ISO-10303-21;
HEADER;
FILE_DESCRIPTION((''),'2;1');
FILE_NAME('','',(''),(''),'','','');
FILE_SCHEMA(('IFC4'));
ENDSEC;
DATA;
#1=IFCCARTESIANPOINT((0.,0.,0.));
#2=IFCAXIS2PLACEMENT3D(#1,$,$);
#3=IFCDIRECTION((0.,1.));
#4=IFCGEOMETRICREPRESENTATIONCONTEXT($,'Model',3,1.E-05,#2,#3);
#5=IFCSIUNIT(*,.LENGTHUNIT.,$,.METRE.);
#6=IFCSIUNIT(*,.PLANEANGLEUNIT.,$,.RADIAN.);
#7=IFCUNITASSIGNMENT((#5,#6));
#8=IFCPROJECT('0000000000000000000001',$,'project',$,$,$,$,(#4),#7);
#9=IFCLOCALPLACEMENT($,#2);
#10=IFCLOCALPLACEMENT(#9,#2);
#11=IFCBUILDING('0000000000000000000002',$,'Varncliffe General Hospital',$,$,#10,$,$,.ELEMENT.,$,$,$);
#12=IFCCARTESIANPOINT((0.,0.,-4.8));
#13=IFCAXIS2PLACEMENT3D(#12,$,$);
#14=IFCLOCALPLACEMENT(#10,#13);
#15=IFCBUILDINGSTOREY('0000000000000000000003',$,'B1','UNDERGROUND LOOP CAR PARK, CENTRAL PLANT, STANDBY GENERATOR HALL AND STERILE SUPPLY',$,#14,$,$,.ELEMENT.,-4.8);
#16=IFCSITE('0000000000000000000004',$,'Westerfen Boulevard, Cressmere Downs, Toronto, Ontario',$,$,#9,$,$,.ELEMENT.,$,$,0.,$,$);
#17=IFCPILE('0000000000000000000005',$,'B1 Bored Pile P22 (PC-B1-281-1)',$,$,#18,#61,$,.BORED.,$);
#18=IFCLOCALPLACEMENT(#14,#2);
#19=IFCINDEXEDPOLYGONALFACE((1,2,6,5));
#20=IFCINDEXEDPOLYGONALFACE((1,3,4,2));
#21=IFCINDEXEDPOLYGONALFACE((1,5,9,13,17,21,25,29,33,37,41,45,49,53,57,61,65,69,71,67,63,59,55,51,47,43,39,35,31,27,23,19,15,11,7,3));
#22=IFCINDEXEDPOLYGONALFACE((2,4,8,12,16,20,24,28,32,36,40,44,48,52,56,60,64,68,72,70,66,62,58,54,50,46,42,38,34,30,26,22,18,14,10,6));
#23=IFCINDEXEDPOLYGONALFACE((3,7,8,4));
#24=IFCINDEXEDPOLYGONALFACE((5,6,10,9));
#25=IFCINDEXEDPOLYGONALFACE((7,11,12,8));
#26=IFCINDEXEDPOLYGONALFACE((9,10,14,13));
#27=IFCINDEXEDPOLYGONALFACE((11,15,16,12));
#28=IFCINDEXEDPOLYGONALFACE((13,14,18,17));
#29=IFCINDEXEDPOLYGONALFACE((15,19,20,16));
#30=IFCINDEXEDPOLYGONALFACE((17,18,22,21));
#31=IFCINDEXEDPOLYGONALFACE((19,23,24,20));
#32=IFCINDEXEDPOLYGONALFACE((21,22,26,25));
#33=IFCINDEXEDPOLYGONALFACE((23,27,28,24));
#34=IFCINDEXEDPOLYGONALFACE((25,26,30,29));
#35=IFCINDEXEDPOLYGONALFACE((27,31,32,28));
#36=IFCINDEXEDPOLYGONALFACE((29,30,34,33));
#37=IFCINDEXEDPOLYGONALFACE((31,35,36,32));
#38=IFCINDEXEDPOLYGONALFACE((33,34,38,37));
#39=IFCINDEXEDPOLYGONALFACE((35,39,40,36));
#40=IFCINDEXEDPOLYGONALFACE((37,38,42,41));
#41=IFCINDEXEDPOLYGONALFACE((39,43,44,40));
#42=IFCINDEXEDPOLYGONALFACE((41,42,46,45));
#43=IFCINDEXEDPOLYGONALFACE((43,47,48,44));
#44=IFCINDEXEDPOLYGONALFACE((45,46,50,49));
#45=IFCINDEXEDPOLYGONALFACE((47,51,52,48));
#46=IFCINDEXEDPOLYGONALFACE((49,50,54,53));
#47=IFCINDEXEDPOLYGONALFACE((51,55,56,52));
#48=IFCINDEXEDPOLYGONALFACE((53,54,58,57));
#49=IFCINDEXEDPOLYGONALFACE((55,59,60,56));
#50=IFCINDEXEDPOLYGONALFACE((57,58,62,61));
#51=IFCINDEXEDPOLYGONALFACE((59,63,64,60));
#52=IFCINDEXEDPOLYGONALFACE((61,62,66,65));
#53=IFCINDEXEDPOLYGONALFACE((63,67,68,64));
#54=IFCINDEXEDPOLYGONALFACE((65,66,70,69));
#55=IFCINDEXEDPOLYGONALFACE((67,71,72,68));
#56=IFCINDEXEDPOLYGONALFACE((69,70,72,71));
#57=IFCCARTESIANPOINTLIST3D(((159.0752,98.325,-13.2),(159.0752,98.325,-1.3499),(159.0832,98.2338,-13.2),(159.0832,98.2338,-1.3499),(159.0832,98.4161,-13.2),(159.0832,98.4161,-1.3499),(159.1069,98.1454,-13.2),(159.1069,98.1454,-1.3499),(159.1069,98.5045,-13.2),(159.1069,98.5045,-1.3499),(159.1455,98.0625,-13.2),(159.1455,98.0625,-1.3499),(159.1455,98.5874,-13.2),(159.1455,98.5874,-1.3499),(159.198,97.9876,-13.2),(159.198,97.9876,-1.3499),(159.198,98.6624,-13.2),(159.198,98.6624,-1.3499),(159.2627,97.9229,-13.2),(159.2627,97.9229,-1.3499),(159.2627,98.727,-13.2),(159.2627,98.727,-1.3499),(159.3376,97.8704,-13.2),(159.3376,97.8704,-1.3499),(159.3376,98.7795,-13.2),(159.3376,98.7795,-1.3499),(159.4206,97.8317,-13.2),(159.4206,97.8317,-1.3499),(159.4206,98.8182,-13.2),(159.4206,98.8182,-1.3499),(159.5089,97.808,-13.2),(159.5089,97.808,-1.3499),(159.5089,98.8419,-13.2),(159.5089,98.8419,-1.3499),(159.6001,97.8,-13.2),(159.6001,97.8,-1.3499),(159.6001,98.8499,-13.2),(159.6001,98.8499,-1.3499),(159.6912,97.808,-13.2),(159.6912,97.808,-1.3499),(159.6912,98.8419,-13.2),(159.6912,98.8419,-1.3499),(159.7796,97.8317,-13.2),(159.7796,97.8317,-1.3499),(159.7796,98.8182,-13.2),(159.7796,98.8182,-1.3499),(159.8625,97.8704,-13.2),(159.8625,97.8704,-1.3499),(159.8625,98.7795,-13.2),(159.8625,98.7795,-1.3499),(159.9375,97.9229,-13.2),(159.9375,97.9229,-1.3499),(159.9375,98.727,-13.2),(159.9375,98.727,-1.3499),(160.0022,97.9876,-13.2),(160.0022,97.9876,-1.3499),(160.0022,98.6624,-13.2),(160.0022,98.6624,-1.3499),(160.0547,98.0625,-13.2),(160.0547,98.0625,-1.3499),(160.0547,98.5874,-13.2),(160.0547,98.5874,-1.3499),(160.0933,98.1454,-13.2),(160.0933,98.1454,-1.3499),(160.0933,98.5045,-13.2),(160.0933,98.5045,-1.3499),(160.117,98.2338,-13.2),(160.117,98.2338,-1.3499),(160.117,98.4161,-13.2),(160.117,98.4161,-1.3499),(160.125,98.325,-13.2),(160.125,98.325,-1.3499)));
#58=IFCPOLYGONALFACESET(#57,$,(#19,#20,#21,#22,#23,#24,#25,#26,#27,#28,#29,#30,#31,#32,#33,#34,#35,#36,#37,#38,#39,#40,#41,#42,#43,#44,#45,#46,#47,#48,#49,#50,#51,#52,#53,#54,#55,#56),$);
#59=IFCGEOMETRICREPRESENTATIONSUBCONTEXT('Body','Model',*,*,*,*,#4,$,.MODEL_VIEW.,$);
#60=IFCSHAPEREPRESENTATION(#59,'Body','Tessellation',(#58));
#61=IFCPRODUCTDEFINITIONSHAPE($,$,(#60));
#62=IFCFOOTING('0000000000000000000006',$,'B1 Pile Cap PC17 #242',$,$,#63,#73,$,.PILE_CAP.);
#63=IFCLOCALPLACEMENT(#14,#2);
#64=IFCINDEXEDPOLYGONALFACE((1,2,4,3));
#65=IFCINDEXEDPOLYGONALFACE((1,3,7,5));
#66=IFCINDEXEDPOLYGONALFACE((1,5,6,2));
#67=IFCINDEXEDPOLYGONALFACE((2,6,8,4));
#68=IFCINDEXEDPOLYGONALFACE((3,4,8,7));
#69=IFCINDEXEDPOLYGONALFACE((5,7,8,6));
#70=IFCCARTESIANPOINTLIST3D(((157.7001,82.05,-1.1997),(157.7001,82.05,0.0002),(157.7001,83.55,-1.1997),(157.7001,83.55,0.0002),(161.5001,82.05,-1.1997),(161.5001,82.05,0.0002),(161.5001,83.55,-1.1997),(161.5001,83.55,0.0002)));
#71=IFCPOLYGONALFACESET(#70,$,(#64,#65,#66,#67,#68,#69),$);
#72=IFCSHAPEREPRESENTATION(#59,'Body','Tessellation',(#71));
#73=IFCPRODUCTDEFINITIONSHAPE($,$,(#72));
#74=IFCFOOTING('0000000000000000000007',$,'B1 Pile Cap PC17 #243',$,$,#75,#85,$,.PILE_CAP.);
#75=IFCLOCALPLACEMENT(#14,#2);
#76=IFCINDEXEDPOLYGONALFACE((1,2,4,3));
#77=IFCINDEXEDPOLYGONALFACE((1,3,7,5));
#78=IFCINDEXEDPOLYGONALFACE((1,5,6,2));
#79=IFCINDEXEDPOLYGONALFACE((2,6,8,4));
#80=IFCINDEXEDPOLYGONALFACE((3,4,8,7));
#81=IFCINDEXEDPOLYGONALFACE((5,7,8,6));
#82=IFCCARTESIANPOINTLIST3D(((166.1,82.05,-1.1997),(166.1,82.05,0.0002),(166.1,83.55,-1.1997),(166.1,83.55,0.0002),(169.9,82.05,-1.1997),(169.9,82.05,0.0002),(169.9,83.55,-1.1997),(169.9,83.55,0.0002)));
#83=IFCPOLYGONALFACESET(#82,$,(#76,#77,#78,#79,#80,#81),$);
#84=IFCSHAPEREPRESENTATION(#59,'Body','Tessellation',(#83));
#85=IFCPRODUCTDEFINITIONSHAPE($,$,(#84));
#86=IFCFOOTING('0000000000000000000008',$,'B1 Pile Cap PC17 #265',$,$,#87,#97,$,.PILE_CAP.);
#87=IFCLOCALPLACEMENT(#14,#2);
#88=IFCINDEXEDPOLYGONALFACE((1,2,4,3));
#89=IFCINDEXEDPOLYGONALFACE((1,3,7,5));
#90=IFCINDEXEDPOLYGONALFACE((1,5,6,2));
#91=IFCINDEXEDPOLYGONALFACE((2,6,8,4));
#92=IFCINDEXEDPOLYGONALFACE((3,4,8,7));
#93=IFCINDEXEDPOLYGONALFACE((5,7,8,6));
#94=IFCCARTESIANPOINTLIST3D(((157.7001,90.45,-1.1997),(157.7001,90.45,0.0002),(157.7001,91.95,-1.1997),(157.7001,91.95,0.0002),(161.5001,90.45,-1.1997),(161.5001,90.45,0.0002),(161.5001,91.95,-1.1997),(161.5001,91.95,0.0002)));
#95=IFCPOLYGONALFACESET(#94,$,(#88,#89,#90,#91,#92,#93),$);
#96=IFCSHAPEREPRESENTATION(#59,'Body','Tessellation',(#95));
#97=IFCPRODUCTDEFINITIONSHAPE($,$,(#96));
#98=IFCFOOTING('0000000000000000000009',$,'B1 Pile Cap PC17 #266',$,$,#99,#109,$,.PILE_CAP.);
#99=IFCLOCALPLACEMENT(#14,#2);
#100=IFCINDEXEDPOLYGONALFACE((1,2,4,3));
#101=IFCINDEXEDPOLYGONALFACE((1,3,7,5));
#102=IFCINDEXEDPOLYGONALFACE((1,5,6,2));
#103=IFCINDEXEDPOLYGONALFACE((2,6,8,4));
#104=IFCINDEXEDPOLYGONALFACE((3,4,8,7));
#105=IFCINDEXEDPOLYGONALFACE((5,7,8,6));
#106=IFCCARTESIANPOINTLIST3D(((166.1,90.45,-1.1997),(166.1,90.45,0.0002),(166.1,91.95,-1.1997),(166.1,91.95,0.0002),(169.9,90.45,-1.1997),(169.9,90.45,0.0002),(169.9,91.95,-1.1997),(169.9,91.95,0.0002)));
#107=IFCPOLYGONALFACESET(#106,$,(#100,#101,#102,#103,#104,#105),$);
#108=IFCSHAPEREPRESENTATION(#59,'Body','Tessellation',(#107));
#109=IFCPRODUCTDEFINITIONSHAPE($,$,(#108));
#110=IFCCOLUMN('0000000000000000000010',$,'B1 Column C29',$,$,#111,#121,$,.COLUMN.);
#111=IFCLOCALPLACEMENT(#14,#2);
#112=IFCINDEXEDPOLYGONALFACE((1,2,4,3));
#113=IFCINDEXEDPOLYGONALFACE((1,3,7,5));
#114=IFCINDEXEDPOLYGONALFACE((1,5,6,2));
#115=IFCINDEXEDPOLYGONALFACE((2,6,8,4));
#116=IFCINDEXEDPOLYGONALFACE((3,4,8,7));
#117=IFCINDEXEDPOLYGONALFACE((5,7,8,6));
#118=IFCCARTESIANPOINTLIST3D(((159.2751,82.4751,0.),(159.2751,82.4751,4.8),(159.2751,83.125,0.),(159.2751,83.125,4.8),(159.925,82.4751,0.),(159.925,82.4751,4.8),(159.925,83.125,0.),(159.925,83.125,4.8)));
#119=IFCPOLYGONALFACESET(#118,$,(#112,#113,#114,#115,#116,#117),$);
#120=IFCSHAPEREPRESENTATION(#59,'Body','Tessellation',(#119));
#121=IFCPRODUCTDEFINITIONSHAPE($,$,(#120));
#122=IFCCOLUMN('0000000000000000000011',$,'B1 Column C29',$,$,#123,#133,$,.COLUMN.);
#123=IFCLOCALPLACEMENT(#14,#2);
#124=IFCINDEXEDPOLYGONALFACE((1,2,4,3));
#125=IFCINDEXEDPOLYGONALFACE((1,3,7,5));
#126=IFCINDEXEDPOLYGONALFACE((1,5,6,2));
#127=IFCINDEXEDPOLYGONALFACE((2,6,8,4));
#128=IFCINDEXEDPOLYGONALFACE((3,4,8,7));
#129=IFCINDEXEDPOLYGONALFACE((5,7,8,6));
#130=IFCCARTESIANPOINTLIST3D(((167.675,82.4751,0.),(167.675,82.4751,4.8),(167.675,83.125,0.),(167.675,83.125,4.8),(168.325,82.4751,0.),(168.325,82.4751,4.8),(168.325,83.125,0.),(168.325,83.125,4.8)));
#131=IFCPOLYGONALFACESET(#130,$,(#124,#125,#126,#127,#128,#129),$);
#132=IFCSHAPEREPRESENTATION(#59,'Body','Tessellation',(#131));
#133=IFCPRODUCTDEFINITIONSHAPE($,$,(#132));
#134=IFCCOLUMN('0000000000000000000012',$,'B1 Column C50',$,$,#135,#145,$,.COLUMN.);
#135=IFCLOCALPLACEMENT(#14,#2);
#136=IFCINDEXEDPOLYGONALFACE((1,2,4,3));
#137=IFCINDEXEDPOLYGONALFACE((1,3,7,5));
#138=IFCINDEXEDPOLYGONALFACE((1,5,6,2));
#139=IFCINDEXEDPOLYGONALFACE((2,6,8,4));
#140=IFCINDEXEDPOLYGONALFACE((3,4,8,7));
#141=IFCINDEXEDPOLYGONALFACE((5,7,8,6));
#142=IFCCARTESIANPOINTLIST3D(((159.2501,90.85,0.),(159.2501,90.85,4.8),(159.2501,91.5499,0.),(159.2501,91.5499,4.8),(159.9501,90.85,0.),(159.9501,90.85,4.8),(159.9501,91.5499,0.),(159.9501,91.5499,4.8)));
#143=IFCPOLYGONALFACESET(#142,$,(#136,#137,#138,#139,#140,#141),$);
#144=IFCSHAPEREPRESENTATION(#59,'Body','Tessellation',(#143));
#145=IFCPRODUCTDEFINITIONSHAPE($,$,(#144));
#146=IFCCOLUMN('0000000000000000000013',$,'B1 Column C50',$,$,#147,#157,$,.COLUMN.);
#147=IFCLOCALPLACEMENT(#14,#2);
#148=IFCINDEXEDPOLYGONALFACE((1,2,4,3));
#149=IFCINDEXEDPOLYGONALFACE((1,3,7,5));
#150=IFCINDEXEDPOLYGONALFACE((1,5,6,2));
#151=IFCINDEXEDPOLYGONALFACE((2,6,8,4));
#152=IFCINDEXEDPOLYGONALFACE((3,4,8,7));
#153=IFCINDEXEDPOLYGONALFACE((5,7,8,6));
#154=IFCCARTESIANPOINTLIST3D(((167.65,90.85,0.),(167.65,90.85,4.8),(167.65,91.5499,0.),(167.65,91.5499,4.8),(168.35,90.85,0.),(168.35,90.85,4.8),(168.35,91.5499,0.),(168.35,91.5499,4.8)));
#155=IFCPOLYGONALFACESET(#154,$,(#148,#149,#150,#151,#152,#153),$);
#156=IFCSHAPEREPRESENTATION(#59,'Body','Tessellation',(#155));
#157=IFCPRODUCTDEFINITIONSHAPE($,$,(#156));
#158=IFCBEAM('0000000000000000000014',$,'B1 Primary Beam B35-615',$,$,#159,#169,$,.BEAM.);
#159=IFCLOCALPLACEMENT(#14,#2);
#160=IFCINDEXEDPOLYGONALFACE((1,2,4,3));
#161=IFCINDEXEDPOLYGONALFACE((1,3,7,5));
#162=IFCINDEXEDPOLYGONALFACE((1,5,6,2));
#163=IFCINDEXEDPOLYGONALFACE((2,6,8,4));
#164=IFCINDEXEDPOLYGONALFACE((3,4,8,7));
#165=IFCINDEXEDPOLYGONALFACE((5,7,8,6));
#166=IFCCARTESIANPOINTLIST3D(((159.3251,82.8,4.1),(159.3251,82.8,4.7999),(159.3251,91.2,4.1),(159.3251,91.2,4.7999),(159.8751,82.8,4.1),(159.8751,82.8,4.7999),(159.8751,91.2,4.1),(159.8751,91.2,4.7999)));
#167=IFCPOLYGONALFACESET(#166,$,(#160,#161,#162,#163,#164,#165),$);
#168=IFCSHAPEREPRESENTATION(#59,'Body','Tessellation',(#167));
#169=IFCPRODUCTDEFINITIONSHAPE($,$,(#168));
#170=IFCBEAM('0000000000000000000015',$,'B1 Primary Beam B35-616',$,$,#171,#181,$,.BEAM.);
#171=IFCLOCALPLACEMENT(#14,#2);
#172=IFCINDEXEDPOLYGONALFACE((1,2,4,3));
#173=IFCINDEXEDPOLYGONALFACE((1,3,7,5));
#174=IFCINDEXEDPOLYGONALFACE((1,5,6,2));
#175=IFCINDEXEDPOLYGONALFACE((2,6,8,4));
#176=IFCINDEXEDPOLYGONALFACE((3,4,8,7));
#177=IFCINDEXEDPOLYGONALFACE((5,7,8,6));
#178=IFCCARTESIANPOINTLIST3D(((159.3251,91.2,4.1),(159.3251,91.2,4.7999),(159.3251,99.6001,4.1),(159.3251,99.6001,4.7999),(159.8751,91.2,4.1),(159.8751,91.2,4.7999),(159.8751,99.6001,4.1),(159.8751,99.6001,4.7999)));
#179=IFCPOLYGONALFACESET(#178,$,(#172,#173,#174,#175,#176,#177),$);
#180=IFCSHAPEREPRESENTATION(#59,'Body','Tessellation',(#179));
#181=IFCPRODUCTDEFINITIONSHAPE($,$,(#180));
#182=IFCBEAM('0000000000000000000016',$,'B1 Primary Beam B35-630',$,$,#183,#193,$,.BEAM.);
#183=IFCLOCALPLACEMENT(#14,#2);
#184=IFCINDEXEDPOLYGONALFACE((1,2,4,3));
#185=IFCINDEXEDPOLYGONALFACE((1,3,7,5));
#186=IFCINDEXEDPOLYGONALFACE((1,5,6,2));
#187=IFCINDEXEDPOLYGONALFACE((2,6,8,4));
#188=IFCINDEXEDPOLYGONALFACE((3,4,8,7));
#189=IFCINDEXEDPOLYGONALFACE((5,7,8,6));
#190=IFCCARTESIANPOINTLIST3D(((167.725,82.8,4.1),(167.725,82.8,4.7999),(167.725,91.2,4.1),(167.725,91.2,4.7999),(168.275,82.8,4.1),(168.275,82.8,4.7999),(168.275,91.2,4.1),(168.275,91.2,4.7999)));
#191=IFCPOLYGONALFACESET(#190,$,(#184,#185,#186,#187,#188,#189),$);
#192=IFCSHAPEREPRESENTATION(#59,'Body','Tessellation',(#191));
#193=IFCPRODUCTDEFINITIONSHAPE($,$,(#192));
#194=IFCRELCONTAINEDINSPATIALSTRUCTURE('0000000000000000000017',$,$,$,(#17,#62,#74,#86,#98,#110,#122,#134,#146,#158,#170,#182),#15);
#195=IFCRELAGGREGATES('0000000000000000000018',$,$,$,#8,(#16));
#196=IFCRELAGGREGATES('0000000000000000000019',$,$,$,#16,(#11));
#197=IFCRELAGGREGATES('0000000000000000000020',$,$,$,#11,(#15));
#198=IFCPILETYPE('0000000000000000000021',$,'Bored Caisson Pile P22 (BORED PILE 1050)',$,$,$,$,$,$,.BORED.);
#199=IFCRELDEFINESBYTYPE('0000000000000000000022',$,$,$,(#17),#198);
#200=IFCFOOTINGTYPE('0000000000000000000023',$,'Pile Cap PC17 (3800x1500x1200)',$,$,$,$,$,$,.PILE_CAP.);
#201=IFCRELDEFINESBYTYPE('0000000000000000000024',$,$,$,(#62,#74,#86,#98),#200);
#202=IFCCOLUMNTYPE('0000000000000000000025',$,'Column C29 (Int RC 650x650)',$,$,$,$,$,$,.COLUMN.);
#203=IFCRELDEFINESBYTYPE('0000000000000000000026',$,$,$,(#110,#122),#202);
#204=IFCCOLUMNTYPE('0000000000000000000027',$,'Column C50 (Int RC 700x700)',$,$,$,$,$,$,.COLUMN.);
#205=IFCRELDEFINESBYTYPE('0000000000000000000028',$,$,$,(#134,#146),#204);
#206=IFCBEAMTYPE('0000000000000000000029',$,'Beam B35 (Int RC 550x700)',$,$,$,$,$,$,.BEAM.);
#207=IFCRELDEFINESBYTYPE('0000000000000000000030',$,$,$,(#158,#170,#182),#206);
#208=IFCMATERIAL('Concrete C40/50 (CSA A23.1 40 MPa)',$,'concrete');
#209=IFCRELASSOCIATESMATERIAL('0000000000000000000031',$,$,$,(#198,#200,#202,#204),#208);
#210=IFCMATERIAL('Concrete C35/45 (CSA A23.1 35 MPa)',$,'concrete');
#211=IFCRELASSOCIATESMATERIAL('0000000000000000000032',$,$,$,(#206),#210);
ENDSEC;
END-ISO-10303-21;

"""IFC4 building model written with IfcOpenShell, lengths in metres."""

from ifc_helpers import new_model, si_unit, direction, frame, origin, origin_2d, place, context, subcontext, project, spatial, rectangle, circle, extrude, material, material_profile, profile_set, type_object, element, save


model = new_model("IFC4")

# Units and contexts
model_context = context("Model", 3, precision=1e-05, world=origin(), true_north=direction((0.0, 1.0)))
body_context = subcontext(model_context, "Body", "Model", "MODEL_VIEW")
ifc_project = project(units=[si_unit("LENGTHUNIT", "METRE"), si_unit("PLANEANGLEUNIT", "RADIAN")], contexts=[model_context])

# Site, building, storey
site_placement = place(None, origin())
site = spatial("IfcSite", under=ifc_project, at=site_placement, Name="Westerfen Boulevard, Cressmere Downs, Toronto, Ontario", CompositionType="ELEMENT", RefElevation=0.0)
building_placement = place(site_placement, origin())
building = spatial("IfcBuilding", under=site, at=building_placement, Name="Varncliffe General Hospital", CompositionType="ELEMENT")
storey_placement = place(building_placement, frame((0.0, 0.0, -4.8)))
storey = spatial("IfcBuildingStorey", under=building, at=storey_placement, Name="B1", Description="UNDERGROUND LOOP CAR PARK, CENTRAL PLANT, STANDBY GENERATOR HALL AND STERILE SUPPLY", CompositionType="ELEMENT", Elevation=-4.8)

# Pile
ifc_material_1 = material(Name="Concrete C40/50 (CSA A23.1 40 MPa)", Category="concrete")
ifc_material_profile_1 = material_profile(ifc_material_1, circle(Radius=0.5249, at=origin_2d()), Name="BORED PILE 1050")
ifc_profile_set_1 = profile_set([ifc_material_profile_1], Name="Concrete C40/50 (CSA A23.1 40 MPa)")
pile_type_1 = type_object("IfcPileType", Name="Bored Caisson Pile P22 (BORED PILE 1050)", PredefinedType="BORED", material=ifc_profile_set_1)
pile_placement = place(storey_placement, frame((159.6001, 98.325, -1.3499), z_axis=(0.0, 0.0, -1.0), x_axis=(1.0, 0.0, 0.0)))
element("IfcPile", 1, at=pile_placement, inside=storey, type_object=pile_type_1, Name="B1 Bored Pile P22 (PC-B1-281-1)", PredefinedType="BORED", context=body_context, shape_type="SweptSolid", body=[
    extrude(circle(Radius=0.5249, at=origin_2d()), origin(), (0.0, 0.0, 1.0), 11.8501),
])

# Footings
footing_type = type_object("IfcFootingType", Name="Pile Cap PC17 (3800x1500x1200)", PredefinedType="PILE_CAP", material=ifc_material_1)
for number, where, z_axis, x_axis, name in (
    (2, (159.6001, 82.8, -1.1997), (0.0, 0.0, 1.0), (1.0, 0.0, 0.0), "B1 Pile Cap PC17 #242"),
    (3, (168.0, 82.8, -1.1997), (0.0, 0.0, 1.0), (1.0, 0.0, 0.0), "B1 Pile Cap PC17 #243"),
    (4, (159.6001, 91.2, -1.1997), (0.0, 0.0, 1.0), (1.0, 0.0, 0.0), "B1 Pile Cap PC17 #265"),
    (5, (168.0, 91.2, -1.1997), (0.0, 0.0, 1.0), (1.0, 0.0, 0.0), "B1 Pile Cap PC17 #266"),
):
    element("IfcFooting", number, at=place(storey_placement, frame(where, z_axis=z_axis, x_axis=x_axis)), inside=storey, type_object=footing_type, Name=name, PredefinedType="PILE_CAP", context=body_context, shape_type="SweptSolid", body=[
        extrude(rectangle(XDim=3.8, YDim=1.5, at=origin_2d()), origin(), (0.0, 0.0, 1.0), 1.2),
    ])

# Columns
ifc_material_profile_2 = material_profile(ifc_material_1, rectangle(XDim=0.6499, YDim=0.6499, at=origin_2d()), Name="RC 650x650")
ifc_profile_set_2 = profile_set([ifc_material_profile_2], Name="Concrete C40/50 (CSA A23.1 40 MPa)")
column_type_1 = type_object("IfcColumnType", Name="Column C29 (Int RC 650x650)", PredefinedType="COLUMN", material=ifc_profile_set_2)
for number, where, z_axis, x_axis, name in (
    (6, (159.6001, 82.8, 0.0), (0.0, 0.0, 1.0), (1.0, 0.0, 0.0), "B1 Column C29"),
    (7, (168.0, 82.8, 0.0), (0.0, 0.0, 1.0), (1.0, 0.0, 0.0), "B1 Column C29"),
):
    element("IfcColumn", number, at=place(storey_placement, frame(where, z_axis=z_axis, x_axis=x_axis)), inside=storey, type_object=column_type_1, Name=name, PredefinedType="COLUMN", context=body_context, shape_type="SweptSolid", body=[
        extrude(rectangle(XDim=0.6499, YDim=0.6499, at=origin_2d()), origin(), (0.0, 0.0, 1.0), 4.8),
    ])
ifc_material_profile_3 = material_profile(ifc_material_1, rectangle(XDim=0.7, YDim=0.7, at=origin_2d()), Name="RC 700x700")
ifc_profile_set_3 = profile_set([ifc_material_profile_3], Name="Concrete C40/50 (CSA A23.1 40 MPa)")
column_type_2 = type_object("IfcColumnType", Name="Column C50 (Int RC 700x700)", PredefinedType="COLUMN", material=ifc_profile_set_3)
for number, where, z_axis, x_axis, name in (
    (8, (159.6001, 91.2, 0.0), (0.0, 0.0, 1.0), (1.0, 0.0, 0.0), "B1 Column C50"),
    (9, (168.0, 91.2, 0.0), (0.0, 0.0, 1.0), (1.0, 0.0, 0.0), "B1 Column C50"),
):
    element("IfcColumn", number, at=place(storey_placement, frame(where, z_axis=z_axis, x_axis=x_axis)), inside=storey, type_object=column_type_2, Name=name, PredefinedType="COLUMN", context=body_context, shape_type="SweptSolid", body=[
        extrude(rectangle(XDim=0.7, YDim=0.7, at=origin_2d()), origin(), (0.0, 0.0, 1.0), 4.8),
    ])

# Beams
ifc_material_2 = material(Name="Concrete C35/45 (CSA A23.1 35 MPa)", Category="concrete")
ifc_material_profile_4 = material_profile(ifc_material_2, rectangle(XDim=0.55, YDim=0.7, at=origin_2d()), Name="RC 550x700")
ifc_profile_set_4 = profile_set([ifc_material_profile_4], Name="Concrete C35/45 (CSA A23.1 35 MPa)")
beam_type_1 = type_object("IfcBeamType", Name="Beam B35 (Int RC 550x700)", PredefinedType="BEAM", material=ifc_profile_set_4)
beam_1_placement = place(storey_placement, frame((159.6001, 82.8, 4.45), z_axis=(0.0, 1.0, 0.0), x_axis=(-1.0, 0.0, 0.0)))
element("IfcBeam", 10, at=beam_1_placement, inside=storey, type_object=beam_type_1, Name="B1 Primary Beam B35-615", PredefinedType="BEAM", context=body_context, shape_type="SweptSolid", body=[
    extrude(rectangle(XDim=0.55, YDim=0.7, at=origin_2d()), origin(), (0.0, 0.0, 1.0), 8.3999),
])
beam_2_placement = place(storey_placement, frame((159.6001, 91.2, 4.45), z_axis=(0.0, 1.0, 0.0), x_axis=(-1.0, 0.0, 0.0)))
element("IfcBeam", 11, at=beam_2_placement, inside=storey, type_object=beam_type_1, Name="B1 Primary Beam B35-616", PredefinedType="BEAM", context=body_context, shape_type="SweptSolid", body=[
    extrude(rectangle(XDim=0.55, YDim=0.7, at=origin_2d()), origin(), (0.0, 0.0, 1.0), 8.4001),
])
beam_3_placement = place(storey_placement, frame((168.0, 82.8, 4.45), z_axis=(0.0, 1.0, 0.0), x_axis=(-1.0, 0.0, 0.0)))
element("IfcBeam", 12, at=beam_3_placement, inside=storey, type_object=beam_type_1, Name="B1 Primary Beam B35-630", PredefinedType="BEAM", context=body_context, shape_type="SweptSolid", body=[
    extrude(rectangle(XDim=0.55, YDim=0.7, at=origin_2d()), origin(), (0.0, 0.0, 1.0), 8.3999),
])

save(model, "model.ifc")
